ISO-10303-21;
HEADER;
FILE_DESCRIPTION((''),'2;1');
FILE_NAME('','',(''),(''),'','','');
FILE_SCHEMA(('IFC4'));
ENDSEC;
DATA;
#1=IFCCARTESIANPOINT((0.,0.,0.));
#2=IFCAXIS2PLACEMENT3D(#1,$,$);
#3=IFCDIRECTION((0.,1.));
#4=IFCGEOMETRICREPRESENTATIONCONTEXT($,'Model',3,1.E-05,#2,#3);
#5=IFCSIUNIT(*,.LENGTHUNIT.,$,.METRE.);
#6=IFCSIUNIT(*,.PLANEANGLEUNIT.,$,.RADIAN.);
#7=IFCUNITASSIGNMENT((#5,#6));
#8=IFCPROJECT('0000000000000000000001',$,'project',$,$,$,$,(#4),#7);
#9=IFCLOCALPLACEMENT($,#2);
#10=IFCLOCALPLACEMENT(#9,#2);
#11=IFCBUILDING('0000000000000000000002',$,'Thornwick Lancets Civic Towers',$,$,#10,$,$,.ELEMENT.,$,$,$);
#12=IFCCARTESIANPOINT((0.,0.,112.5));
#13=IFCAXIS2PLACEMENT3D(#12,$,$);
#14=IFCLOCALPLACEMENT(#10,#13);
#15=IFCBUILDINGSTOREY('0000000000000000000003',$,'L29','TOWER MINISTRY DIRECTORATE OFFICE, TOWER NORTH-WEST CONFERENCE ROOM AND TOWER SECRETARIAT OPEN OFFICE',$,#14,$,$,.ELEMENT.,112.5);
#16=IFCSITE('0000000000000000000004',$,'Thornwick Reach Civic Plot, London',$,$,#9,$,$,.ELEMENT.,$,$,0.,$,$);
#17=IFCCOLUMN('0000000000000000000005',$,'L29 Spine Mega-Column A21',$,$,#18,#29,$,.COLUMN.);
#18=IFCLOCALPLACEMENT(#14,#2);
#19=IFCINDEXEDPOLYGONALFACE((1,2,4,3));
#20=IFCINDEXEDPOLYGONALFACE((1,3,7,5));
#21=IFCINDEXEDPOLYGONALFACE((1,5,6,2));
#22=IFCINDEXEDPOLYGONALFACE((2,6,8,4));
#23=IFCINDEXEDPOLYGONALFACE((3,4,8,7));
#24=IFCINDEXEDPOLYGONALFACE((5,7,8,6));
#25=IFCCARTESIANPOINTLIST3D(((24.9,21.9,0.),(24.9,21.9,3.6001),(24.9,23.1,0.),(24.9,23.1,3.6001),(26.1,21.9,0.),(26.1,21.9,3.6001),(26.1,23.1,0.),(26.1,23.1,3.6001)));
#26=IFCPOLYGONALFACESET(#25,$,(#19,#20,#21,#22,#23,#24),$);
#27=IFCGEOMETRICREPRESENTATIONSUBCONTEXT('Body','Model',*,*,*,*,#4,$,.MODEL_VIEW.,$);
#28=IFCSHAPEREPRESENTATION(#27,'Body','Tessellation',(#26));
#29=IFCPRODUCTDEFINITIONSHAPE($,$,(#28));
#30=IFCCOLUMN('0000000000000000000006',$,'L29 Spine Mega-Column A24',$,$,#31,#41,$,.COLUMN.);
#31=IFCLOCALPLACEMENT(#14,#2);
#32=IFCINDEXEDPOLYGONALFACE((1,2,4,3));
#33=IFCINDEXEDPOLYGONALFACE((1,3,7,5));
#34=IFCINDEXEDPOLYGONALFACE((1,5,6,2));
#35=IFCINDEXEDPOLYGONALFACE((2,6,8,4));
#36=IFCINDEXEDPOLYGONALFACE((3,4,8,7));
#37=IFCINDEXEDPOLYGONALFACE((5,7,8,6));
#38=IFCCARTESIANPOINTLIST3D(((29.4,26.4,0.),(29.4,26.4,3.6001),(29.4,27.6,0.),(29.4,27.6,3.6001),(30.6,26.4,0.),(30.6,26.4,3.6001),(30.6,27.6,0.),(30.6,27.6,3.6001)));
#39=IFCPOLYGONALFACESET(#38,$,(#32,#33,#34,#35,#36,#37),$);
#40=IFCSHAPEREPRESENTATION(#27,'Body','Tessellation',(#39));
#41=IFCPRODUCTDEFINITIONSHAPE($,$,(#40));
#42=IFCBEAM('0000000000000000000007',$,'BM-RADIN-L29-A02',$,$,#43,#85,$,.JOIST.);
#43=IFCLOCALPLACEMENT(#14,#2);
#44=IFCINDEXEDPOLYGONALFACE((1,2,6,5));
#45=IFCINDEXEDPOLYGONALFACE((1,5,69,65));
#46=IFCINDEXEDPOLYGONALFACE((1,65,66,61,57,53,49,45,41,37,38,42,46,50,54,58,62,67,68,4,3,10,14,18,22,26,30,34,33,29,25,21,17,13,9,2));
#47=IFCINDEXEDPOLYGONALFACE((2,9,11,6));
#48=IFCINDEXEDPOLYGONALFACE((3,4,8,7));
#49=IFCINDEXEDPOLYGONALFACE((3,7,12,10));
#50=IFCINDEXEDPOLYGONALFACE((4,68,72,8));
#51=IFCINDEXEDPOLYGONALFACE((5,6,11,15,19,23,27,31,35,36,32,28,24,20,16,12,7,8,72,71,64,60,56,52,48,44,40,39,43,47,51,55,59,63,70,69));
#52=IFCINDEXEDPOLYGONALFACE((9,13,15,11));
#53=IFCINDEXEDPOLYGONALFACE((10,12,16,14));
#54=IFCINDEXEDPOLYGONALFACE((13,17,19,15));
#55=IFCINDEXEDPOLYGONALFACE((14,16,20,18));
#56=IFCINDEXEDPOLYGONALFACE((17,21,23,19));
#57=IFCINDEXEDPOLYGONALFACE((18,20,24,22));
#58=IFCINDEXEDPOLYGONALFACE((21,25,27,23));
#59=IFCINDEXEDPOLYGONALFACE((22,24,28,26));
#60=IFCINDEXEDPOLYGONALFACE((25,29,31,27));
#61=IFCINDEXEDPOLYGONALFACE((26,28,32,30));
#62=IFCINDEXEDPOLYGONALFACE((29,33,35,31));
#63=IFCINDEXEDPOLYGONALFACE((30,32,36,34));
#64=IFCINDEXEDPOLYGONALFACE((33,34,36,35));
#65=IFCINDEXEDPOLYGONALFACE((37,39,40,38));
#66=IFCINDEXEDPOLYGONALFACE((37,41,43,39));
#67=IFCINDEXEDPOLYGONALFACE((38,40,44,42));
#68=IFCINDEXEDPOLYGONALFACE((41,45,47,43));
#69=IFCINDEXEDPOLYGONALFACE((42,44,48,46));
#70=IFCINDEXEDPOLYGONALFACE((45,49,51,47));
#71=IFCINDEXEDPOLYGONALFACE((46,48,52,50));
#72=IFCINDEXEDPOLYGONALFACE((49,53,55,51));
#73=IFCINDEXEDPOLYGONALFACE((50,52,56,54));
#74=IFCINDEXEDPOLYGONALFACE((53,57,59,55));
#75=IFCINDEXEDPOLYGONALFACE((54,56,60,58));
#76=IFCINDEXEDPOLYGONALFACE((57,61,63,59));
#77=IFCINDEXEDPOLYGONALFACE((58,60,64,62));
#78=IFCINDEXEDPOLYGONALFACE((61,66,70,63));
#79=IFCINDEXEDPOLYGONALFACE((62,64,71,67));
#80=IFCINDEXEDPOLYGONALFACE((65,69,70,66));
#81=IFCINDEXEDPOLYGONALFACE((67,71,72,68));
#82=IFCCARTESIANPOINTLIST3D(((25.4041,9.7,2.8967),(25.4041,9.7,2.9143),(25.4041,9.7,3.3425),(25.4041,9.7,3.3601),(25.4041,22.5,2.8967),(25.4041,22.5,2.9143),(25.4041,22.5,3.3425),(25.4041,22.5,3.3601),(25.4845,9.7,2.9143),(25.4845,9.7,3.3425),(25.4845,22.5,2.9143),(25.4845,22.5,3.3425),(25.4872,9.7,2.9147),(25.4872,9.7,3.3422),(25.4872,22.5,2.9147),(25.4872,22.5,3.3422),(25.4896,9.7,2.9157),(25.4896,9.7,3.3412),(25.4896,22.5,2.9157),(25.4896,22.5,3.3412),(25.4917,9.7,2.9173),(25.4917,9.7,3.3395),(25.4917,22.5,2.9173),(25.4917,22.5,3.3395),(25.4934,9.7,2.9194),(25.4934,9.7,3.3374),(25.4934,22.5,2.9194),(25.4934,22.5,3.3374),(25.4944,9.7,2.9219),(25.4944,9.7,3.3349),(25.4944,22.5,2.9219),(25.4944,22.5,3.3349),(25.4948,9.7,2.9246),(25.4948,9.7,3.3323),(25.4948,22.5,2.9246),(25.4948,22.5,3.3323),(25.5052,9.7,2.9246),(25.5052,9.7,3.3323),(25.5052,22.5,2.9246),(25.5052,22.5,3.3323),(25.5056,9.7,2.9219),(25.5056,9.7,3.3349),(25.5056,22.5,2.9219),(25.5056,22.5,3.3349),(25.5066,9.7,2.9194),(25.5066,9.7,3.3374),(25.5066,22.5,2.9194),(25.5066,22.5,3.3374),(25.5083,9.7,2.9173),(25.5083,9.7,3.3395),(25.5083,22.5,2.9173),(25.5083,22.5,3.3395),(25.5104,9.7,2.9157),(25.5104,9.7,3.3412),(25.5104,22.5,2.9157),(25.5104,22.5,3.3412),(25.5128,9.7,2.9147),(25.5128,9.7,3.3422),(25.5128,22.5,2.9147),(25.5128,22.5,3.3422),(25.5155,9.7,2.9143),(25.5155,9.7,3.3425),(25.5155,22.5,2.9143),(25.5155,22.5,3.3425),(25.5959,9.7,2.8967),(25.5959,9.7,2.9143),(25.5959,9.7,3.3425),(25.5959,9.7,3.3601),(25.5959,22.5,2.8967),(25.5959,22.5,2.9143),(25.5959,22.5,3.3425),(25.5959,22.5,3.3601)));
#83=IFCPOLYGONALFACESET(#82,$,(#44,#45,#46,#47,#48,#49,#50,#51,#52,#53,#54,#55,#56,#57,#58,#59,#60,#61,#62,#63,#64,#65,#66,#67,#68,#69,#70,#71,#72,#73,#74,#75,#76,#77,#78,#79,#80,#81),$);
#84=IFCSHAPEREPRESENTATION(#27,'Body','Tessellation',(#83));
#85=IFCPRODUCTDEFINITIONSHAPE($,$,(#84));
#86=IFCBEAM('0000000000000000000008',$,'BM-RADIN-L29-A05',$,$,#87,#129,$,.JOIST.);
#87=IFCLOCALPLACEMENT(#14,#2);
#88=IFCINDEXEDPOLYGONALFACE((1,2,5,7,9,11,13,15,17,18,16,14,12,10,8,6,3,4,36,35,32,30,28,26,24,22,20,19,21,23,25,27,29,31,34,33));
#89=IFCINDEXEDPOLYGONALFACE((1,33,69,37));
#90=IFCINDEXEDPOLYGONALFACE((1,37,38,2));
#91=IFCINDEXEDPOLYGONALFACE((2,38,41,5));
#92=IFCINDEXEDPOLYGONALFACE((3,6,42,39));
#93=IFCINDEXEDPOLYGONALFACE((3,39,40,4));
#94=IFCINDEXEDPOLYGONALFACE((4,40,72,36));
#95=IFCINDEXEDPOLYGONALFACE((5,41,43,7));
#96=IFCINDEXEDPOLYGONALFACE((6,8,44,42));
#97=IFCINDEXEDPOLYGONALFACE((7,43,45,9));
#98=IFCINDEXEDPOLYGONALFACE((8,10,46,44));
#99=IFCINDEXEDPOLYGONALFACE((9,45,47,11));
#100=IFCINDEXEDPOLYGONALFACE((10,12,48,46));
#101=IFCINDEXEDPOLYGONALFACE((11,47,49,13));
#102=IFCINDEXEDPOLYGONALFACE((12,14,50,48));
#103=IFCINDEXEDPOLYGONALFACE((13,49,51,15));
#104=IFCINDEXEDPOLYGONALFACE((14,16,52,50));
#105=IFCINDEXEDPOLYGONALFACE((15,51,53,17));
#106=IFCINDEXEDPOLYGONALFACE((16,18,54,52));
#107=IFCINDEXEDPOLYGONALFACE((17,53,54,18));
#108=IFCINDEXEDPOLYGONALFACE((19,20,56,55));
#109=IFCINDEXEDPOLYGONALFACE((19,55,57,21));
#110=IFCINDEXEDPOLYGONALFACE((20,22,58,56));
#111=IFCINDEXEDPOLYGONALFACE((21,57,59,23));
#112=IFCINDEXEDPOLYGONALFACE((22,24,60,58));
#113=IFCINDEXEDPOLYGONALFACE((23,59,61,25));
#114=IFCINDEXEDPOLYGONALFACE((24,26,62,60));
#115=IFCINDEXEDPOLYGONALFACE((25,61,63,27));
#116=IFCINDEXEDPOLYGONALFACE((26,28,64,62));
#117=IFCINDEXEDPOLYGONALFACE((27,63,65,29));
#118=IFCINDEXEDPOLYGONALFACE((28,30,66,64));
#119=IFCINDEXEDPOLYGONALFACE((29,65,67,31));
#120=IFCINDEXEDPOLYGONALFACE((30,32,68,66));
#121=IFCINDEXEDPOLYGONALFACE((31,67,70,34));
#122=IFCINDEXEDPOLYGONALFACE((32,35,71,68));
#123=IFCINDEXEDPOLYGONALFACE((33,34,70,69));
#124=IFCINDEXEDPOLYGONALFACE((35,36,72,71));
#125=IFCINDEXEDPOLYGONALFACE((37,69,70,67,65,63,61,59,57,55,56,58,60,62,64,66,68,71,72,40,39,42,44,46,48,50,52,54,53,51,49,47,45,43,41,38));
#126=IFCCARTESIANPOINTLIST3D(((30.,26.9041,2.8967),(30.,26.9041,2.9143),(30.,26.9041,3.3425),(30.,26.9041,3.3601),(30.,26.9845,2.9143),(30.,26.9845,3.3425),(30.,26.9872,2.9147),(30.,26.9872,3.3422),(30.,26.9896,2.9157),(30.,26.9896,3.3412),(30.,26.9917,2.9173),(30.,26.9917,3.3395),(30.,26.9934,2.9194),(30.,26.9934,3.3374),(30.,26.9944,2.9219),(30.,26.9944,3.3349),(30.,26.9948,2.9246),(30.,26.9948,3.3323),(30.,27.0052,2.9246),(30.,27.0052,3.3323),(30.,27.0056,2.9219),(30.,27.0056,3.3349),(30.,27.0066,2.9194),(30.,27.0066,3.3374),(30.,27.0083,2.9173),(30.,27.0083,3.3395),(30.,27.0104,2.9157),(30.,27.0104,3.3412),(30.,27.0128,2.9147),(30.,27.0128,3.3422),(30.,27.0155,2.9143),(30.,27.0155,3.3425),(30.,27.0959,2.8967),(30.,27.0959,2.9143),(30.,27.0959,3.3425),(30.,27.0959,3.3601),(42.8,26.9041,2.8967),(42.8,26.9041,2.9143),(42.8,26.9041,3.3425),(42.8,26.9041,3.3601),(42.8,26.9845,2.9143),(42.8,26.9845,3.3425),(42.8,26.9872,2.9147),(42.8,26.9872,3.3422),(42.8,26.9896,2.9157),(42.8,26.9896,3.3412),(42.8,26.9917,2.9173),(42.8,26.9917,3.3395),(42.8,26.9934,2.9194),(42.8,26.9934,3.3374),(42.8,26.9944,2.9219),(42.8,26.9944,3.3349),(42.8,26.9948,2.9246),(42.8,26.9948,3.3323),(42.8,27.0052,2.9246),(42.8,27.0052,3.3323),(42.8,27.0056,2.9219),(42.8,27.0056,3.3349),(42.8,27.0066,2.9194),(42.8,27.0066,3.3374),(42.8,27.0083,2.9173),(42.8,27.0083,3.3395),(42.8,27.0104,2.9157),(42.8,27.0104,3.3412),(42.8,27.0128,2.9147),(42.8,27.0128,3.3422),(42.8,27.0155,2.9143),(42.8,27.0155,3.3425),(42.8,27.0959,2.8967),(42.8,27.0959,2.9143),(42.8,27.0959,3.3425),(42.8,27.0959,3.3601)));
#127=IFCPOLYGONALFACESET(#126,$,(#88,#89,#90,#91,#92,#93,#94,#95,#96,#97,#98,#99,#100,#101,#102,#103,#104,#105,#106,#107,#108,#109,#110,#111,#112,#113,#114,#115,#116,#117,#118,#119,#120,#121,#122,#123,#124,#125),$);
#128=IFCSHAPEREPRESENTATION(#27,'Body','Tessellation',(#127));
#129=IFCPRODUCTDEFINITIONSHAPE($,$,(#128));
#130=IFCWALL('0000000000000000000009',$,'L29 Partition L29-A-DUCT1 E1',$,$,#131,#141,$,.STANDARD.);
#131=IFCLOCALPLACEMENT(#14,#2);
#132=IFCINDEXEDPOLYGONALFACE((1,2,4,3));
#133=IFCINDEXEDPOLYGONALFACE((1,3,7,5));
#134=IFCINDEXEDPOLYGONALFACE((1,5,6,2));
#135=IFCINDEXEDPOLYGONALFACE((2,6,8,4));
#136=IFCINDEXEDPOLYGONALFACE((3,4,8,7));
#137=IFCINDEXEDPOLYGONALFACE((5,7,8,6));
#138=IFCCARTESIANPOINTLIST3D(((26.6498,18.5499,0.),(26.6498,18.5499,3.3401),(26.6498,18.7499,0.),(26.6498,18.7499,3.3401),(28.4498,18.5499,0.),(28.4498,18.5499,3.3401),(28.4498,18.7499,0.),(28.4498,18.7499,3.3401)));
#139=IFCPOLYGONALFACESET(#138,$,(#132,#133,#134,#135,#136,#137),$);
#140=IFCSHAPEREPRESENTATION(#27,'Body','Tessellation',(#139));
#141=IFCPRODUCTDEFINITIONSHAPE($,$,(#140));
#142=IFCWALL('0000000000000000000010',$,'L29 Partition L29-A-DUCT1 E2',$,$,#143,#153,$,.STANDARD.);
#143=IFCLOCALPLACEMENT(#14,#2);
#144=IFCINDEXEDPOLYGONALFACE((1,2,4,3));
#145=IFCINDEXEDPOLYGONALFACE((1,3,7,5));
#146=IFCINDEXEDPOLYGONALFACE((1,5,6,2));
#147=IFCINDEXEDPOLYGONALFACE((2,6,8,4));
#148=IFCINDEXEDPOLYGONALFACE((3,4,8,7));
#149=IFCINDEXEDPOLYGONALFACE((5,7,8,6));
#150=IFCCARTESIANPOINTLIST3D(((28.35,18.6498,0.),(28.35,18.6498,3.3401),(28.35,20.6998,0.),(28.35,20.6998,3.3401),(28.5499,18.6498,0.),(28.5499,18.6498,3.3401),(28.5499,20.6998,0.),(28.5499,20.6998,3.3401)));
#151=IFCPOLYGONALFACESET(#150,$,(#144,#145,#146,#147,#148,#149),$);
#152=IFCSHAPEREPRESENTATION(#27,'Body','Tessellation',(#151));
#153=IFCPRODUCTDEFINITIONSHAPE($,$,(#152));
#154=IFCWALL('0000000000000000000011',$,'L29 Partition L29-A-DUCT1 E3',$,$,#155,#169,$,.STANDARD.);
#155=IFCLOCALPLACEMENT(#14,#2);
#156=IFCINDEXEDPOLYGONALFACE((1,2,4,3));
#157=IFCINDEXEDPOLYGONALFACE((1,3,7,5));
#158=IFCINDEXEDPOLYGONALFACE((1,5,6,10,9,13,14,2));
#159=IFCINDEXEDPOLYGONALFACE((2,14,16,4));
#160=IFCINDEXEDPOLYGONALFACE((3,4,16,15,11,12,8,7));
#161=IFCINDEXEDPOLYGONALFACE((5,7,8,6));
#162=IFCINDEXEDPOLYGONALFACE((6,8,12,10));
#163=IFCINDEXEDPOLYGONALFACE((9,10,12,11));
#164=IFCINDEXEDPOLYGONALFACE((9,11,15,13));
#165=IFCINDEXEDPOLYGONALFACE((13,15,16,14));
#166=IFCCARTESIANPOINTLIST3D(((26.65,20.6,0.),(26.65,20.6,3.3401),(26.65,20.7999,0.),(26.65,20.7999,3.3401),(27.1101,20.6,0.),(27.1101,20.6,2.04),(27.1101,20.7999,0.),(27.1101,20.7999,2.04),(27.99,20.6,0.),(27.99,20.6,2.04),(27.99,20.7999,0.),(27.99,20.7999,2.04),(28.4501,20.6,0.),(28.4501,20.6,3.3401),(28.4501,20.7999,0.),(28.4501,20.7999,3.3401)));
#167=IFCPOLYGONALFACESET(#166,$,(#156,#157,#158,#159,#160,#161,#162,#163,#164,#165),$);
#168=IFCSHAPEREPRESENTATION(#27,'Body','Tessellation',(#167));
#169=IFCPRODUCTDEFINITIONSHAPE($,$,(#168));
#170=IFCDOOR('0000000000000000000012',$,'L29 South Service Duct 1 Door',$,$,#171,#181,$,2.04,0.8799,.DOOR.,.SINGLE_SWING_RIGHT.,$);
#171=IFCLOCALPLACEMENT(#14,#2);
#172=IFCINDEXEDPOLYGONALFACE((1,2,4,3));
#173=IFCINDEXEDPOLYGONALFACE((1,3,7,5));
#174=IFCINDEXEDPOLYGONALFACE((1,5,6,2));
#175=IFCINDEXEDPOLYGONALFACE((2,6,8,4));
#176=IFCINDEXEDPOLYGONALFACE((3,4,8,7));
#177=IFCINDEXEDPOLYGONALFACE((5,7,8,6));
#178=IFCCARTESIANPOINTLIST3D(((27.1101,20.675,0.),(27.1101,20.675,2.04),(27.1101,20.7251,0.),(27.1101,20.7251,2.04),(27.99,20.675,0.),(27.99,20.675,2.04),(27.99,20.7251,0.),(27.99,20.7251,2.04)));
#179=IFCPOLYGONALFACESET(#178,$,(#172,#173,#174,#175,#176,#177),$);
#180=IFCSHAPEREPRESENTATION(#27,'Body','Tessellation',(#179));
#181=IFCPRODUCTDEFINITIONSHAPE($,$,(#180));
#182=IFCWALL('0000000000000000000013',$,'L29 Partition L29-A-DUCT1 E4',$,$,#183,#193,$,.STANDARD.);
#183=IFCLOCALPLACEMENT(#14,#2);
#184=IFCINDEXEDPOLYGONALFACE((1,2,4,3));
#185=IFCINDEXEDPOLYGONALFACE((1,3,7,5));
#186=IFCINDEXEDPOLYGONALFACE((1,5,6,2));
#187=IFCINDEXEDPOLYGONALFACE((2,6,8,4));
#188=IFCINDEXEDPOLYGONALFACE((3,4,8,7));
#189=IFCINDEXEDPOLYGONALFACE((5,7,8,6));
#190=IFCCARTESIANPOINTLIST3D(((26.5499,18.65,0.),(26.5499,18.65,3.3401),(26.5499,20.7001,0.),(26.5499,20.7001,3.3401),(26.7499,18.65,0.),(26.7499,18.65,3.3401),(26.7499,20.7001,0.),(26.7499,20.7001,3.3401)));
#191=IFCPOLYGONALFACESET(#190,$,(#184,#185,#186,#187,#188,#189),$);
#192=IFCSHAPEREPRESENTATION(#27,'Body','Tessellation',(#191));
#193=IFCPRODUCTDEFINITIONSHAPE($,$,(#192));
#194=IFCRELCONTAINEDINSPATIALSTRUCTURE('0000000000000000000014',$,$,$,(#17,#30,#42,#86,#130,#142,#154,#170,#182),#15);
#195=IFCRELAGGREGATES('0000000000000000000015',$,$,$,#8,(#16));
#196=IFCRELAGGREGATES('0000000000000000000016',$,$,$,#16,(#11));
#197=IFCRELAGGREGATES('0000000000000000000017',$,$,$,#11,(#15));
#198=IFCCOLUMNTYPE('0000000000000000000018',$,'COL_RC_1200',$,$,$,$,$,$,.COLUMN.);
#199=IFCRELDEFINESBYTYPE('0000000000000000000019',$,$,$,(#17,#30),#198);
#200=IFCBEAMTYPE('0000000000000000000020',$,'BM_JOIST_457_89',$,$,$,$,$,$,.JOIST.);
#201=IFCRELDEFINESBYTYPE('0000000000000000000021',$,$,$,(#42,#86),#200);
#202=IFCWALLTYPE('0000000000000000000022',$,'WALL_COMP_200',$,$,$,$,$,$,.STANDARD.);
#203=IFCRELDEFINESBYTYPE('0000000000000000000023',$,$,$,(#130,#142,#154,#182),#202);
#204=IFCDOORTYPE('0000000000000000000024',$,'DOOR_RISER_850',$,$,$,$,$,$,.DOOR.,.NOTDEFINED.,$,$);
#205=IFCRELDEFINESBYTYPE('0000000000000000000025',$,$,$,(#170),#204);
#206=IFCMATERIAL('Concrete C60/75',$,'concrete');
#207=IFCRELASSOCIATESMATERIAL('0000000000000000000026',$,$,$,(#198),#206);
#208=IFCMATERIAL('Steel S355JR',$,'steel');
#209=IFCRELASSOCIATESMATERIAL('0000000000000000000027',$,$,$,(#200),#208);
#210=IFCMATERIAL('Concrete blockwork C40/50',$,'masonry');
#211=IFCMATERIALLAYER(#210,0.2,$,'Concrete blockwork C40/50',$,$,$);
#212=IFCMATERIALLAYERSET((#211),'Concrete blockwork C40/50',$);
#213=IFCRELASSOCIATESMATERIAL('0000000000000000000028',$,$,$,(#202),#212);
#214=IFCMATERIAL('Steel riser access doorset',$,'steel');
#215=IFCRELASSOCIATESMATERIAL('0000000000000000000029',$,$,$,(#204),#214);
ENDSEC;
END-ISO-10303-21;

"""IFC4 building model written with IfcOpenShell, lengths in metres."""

from ifc_helpers import new_model, si_unit, direction, frame, frame_2d, origin, origin_2d, place, context, subcontext, project, spatial, rectangle, i_section, extrude, material, layer, layer_set, material_profile, profile_set, type_object, element, fill, save


model = new_model("IFC4")

# Units and contexts
model_context = context("Model", 3, precision=1e-05, world=origin(), true_north=direction((0.0, 1.0)))
body_context = subcontext(model_context, "Body", "Model", "MODEL_VIEW")
ifc_project = project(units=[si_unit("LENGTHUNIT", "METRE"), si_unit("PLANEANGLEUNIT", "RADIAN")], contexts=[model_context])

# Site, building, storey
site_placement = place(None, origin())
site = spatial("IfcSite", under=ifc_project, at=site_placement, Name="Thornwick Reach Civic Plot, London", CompositionType="ELEMENT", RefElevation=0.0)
building_placement = place(site_placement, origin())
building = spatial("IfcBuilding", under=site, at=building_placement, Name="Thornwick Lancets Civic Towers", CompositionType="ELEMENT")
storey_placement = place(building_placement, frame((0.0, 0.0, 112.5)))
storey = spatial("IfcBuildingStorey", under=building, at=storey_placement, Name="L29", Description="TOWER MINISTRY DIRECTORATE OFFICE, TOWER NORTH-WEST CONFERENCE ROOM AND TOWER SECRETARIAT OPEN OFFICE", CompositionType="ELEMENT", Elevation=112.5)

# Columns
ifc_material_1 = material(Name="Concrete C60/75", Category="concrete")
ifc_material_profile_1 = material_profile(ifc_material_1, rectangle(XDim=1.2, YDim=1.2, at=origin_2d()), Name="RC 1200x1200")
ifc_profile_set_1 = profile_set([ifc_material_profile_1], Name="Concrete C60/75")
column_type = type_object("IfcColumnType", Name="COL_RC_1200", PredefinedType="COLUMN", material=ifc_profile_set_1)
for number, where, z_axis, x_axis, name in (
    (1, (25.5, 22.5, 0.0), (0.0, 0.0, 1.0), (1.0, 0.0, 0.0), "L29 Spine Mega-Column A21"),
    (2, (30.0, 27.0, 0.0), (0.0, 0.0, 1.0), (1.0, 0.0, 0.0), "L29 Spine Mega-Column A24"),
):
    element("IfcColumn", number, at=place(storey_placement, frame(where, z_axis=z_axis, x_axis=x_axis)), inside=storey, type_object=column_type, Name=name, PredefinedType="COLUMN", context=body_context, shape_type="SweptSolid", body=[
        extrude(rectangle(XDim=1.2, YDim=1.2, at=origin_2d()), origin(), (0.0, 0.0, 1.0), 3.6001),
    ])

# Beams
ifc_material_2 = material(Name="Steel S355JR", Category="steel")
ifc_material_profile_2 = material_profile(ifc_material_2, i_section(OverallWidth=0.1919, OverallDepth=0.4634, WebThickness=0.0105, FlangeThickness=0.0176, FilletRadius=0.0103, at=origin_2d()), Name="UKB 457x191x89")
ifc_profile_set_2 = profile_set([ifc_material_profile_2], Name="Steel S355JR")
beam_type = type_object("IfcBeamType", Name="BM_JOIST_457_89", PredefinedType="JOIST", material=ifc_profile_set_2)
for number, where, z_axis, x_axis, name in (
    (3, (25.5, 22.5, 3.1284), (0.0, -1.0, 0.0), (1.0, 0.0, 0.0), "BM-RADIN-L29-A02"),
    (4, (30.0, 27.0, 3.1284), (1.0, 0.0, 0.0), (0.0, 1.0, 0.0), "BM-RADIN-L29-A05"),
):
    element("IfcBeam", number, at=place(storey_placement, frame(where, z_axis=z_axis, x_axis=x_axis)), inside=storey, type_object=beam_type, Name=name, PredefinedType="JOIST", context=body_context, shape_type="SweptSolid", body=[
        extrude(i_section(OverallWidth=0.1919, OverallDepth=0.4634, WebThickness=0.0105, FlangeThickness=0.0176, FilletRadius=0.0103, at=origin_2d()), origin(), (0.0, 0.0, 1.0), 12.8),
    ])

# Walls
ifc_material_3 = material(Name="Concrete blockwork C40/50", Category="masonry")
ifc_layer_1 = layer(ifc_material_3, 0.2, Name="Concrete blockwork C40/50")
ifc_layer_set_1 = layer_set([ifc_layer_1], Name="Concrete blockwork C40/50")
wall_type_1 = type_object("IfcWallType", Name="WALL_COMP_200", PredefinedType="STANDARD", material=ifc_layer_set_1)
wall_1_placement = place(storey_placement, frame((26.6499, 18.6499, 0.0), z_axis=(0.0, 0.0, 1.0), x_axis=(1.0, 0.0, 0.0)))
element("IfcWall", 5, at=wall_1_placement, inside=storey, type_object=wall_type_1, Name="L29 Partition L29-A-DUCT1 E1", PredefinedType="STANDARD", context=body_context, shape_type="SweptSolid", body=[
    extrude(rectangle(XDim=1.8, YDim=0.2, at=frame_2d((0.8999, 0.0))), origin(), (0.0, 0.0, 1.0), 3.3401),
])
wall_2_placement = place(storey_placement, frame((28.45, 18.6499, 0.0), z_axis=(0.0, 0.0, 1.0), x_axis=(0.0, 1.0, 0.0)))
element("IfcWall", 6, at=wall_2_placement, inside=storey, type_object=wall_type_1, Name="L29 Partition L29-A-DUCT1 E2", PredefinedType="STANDARD", context=body_context, shape_type="SweptSolid", body=[
    extrude(rectangle(XDim=2.05, YDim=0.2, at=frame_2d((1.0249, 0.0))), origin(), (0.0, 0.0, 1.0), 3.3401),
])

# Wall, opening, door
wall_3_placement = place(storey_placement, frame((28.45, 20.7, 0.0), z_axis=(0.0, 0.0, 1.0), x_axis=(-1.0, 0.0, 0.0)))
wall_3 = element("IfcWall", 7, at=wall_3_placement, inside=storey, type_object=wall_type_1, Name="L29 Partition L29-A-DUCT1 E3", PredefinedType="STANDARD", context=body_context, shape_type="SweptSolid", body=[
    extrude(rectangle(XDim=1.8, YDim=0.2, at=frame_2d((0.8999, 0.0))), origin(), (0.0, 0.0, 1.0), 3.3401),
])
opening_1_placement = place(wall_3_placement, frame((0.46, 0.0, 0.0)))
opening_1 = element("IfcOpeningElement", 8, at=opening_1_placement, cuts=wall_3, PredefinedType="OPENING", context=body_context, shape_type="SweptSolid", body=[
    extrude(rectangle(XDim=0.8799, YDim=2.04, at=frame_2d((0.4399, 1.02))), frame((0.0, 0.1099, 0.0), z_axis=(0.0, -1.0, 0.0), x_axis=(1.0, 0.0, 0.0)), (0.0, 0.0, 1.0), 0.22),
])
ifc_material_4 = material(Name="Steel riser access doorset", Category="steel")
door_type_1 = type_object("IfcDoorType", Name="DOOR_RISER_850", OperationType="NOTDEFINED", PredefinedType="DOOR", material=ifc_material_4)
door_1_placement = place(opening_1_placement, origin())
door_1 = element("IfcDoor", 9, at=door_1_placement, inside=storey, type_object=door_type_1, Name="L29 South Service Duct 1 Door", OperationType="SINGLE_SWING_RIGHT", OverallHeight=2.04, OverallWidth=0.8799, PredefinedType="DOOR", context=body_context, shape_type="SweptSolid", body=[
    extrude(rectangle(XDim=0.8799, YDim=2.04, at=frame_2d((0.4399, 1.02))), frame((0.0, 0.0249, 0.0), z_axis=(0.0, -1.0, 0.0), x_axis=(1.0, 0.0, 0.0)), (0.0, 0.0, 1.0), 0.05),
])
fill(opening_1, door_1)

# Wall
for number, where, z_axis, x_axis, name in (
    (10, (26.6499, 20.7, 0.0), (0.0, 0.0, 1.0), (0.0, -1.0, 0.0), "L29 Partition L29-A-DUCT1 E4"),
):
    element("IfcWall", number, at=place(storey_placement, frame(where, z_axis=z_axis, x_axis=x_axis)), inside=storey, type_object=wall_type_1, Name=name, PredefinedType="STANDARD", context=body_context, shape_type="SweptSolid", body=[
        extrude(rectangle(XDim=2.05, YDim=0.2, at=frame_2d((1.0249, 0.0))), origin(), (0.0, 0.0, 1.0), 3.3401),
    ])

save(model, "model.ifc")
